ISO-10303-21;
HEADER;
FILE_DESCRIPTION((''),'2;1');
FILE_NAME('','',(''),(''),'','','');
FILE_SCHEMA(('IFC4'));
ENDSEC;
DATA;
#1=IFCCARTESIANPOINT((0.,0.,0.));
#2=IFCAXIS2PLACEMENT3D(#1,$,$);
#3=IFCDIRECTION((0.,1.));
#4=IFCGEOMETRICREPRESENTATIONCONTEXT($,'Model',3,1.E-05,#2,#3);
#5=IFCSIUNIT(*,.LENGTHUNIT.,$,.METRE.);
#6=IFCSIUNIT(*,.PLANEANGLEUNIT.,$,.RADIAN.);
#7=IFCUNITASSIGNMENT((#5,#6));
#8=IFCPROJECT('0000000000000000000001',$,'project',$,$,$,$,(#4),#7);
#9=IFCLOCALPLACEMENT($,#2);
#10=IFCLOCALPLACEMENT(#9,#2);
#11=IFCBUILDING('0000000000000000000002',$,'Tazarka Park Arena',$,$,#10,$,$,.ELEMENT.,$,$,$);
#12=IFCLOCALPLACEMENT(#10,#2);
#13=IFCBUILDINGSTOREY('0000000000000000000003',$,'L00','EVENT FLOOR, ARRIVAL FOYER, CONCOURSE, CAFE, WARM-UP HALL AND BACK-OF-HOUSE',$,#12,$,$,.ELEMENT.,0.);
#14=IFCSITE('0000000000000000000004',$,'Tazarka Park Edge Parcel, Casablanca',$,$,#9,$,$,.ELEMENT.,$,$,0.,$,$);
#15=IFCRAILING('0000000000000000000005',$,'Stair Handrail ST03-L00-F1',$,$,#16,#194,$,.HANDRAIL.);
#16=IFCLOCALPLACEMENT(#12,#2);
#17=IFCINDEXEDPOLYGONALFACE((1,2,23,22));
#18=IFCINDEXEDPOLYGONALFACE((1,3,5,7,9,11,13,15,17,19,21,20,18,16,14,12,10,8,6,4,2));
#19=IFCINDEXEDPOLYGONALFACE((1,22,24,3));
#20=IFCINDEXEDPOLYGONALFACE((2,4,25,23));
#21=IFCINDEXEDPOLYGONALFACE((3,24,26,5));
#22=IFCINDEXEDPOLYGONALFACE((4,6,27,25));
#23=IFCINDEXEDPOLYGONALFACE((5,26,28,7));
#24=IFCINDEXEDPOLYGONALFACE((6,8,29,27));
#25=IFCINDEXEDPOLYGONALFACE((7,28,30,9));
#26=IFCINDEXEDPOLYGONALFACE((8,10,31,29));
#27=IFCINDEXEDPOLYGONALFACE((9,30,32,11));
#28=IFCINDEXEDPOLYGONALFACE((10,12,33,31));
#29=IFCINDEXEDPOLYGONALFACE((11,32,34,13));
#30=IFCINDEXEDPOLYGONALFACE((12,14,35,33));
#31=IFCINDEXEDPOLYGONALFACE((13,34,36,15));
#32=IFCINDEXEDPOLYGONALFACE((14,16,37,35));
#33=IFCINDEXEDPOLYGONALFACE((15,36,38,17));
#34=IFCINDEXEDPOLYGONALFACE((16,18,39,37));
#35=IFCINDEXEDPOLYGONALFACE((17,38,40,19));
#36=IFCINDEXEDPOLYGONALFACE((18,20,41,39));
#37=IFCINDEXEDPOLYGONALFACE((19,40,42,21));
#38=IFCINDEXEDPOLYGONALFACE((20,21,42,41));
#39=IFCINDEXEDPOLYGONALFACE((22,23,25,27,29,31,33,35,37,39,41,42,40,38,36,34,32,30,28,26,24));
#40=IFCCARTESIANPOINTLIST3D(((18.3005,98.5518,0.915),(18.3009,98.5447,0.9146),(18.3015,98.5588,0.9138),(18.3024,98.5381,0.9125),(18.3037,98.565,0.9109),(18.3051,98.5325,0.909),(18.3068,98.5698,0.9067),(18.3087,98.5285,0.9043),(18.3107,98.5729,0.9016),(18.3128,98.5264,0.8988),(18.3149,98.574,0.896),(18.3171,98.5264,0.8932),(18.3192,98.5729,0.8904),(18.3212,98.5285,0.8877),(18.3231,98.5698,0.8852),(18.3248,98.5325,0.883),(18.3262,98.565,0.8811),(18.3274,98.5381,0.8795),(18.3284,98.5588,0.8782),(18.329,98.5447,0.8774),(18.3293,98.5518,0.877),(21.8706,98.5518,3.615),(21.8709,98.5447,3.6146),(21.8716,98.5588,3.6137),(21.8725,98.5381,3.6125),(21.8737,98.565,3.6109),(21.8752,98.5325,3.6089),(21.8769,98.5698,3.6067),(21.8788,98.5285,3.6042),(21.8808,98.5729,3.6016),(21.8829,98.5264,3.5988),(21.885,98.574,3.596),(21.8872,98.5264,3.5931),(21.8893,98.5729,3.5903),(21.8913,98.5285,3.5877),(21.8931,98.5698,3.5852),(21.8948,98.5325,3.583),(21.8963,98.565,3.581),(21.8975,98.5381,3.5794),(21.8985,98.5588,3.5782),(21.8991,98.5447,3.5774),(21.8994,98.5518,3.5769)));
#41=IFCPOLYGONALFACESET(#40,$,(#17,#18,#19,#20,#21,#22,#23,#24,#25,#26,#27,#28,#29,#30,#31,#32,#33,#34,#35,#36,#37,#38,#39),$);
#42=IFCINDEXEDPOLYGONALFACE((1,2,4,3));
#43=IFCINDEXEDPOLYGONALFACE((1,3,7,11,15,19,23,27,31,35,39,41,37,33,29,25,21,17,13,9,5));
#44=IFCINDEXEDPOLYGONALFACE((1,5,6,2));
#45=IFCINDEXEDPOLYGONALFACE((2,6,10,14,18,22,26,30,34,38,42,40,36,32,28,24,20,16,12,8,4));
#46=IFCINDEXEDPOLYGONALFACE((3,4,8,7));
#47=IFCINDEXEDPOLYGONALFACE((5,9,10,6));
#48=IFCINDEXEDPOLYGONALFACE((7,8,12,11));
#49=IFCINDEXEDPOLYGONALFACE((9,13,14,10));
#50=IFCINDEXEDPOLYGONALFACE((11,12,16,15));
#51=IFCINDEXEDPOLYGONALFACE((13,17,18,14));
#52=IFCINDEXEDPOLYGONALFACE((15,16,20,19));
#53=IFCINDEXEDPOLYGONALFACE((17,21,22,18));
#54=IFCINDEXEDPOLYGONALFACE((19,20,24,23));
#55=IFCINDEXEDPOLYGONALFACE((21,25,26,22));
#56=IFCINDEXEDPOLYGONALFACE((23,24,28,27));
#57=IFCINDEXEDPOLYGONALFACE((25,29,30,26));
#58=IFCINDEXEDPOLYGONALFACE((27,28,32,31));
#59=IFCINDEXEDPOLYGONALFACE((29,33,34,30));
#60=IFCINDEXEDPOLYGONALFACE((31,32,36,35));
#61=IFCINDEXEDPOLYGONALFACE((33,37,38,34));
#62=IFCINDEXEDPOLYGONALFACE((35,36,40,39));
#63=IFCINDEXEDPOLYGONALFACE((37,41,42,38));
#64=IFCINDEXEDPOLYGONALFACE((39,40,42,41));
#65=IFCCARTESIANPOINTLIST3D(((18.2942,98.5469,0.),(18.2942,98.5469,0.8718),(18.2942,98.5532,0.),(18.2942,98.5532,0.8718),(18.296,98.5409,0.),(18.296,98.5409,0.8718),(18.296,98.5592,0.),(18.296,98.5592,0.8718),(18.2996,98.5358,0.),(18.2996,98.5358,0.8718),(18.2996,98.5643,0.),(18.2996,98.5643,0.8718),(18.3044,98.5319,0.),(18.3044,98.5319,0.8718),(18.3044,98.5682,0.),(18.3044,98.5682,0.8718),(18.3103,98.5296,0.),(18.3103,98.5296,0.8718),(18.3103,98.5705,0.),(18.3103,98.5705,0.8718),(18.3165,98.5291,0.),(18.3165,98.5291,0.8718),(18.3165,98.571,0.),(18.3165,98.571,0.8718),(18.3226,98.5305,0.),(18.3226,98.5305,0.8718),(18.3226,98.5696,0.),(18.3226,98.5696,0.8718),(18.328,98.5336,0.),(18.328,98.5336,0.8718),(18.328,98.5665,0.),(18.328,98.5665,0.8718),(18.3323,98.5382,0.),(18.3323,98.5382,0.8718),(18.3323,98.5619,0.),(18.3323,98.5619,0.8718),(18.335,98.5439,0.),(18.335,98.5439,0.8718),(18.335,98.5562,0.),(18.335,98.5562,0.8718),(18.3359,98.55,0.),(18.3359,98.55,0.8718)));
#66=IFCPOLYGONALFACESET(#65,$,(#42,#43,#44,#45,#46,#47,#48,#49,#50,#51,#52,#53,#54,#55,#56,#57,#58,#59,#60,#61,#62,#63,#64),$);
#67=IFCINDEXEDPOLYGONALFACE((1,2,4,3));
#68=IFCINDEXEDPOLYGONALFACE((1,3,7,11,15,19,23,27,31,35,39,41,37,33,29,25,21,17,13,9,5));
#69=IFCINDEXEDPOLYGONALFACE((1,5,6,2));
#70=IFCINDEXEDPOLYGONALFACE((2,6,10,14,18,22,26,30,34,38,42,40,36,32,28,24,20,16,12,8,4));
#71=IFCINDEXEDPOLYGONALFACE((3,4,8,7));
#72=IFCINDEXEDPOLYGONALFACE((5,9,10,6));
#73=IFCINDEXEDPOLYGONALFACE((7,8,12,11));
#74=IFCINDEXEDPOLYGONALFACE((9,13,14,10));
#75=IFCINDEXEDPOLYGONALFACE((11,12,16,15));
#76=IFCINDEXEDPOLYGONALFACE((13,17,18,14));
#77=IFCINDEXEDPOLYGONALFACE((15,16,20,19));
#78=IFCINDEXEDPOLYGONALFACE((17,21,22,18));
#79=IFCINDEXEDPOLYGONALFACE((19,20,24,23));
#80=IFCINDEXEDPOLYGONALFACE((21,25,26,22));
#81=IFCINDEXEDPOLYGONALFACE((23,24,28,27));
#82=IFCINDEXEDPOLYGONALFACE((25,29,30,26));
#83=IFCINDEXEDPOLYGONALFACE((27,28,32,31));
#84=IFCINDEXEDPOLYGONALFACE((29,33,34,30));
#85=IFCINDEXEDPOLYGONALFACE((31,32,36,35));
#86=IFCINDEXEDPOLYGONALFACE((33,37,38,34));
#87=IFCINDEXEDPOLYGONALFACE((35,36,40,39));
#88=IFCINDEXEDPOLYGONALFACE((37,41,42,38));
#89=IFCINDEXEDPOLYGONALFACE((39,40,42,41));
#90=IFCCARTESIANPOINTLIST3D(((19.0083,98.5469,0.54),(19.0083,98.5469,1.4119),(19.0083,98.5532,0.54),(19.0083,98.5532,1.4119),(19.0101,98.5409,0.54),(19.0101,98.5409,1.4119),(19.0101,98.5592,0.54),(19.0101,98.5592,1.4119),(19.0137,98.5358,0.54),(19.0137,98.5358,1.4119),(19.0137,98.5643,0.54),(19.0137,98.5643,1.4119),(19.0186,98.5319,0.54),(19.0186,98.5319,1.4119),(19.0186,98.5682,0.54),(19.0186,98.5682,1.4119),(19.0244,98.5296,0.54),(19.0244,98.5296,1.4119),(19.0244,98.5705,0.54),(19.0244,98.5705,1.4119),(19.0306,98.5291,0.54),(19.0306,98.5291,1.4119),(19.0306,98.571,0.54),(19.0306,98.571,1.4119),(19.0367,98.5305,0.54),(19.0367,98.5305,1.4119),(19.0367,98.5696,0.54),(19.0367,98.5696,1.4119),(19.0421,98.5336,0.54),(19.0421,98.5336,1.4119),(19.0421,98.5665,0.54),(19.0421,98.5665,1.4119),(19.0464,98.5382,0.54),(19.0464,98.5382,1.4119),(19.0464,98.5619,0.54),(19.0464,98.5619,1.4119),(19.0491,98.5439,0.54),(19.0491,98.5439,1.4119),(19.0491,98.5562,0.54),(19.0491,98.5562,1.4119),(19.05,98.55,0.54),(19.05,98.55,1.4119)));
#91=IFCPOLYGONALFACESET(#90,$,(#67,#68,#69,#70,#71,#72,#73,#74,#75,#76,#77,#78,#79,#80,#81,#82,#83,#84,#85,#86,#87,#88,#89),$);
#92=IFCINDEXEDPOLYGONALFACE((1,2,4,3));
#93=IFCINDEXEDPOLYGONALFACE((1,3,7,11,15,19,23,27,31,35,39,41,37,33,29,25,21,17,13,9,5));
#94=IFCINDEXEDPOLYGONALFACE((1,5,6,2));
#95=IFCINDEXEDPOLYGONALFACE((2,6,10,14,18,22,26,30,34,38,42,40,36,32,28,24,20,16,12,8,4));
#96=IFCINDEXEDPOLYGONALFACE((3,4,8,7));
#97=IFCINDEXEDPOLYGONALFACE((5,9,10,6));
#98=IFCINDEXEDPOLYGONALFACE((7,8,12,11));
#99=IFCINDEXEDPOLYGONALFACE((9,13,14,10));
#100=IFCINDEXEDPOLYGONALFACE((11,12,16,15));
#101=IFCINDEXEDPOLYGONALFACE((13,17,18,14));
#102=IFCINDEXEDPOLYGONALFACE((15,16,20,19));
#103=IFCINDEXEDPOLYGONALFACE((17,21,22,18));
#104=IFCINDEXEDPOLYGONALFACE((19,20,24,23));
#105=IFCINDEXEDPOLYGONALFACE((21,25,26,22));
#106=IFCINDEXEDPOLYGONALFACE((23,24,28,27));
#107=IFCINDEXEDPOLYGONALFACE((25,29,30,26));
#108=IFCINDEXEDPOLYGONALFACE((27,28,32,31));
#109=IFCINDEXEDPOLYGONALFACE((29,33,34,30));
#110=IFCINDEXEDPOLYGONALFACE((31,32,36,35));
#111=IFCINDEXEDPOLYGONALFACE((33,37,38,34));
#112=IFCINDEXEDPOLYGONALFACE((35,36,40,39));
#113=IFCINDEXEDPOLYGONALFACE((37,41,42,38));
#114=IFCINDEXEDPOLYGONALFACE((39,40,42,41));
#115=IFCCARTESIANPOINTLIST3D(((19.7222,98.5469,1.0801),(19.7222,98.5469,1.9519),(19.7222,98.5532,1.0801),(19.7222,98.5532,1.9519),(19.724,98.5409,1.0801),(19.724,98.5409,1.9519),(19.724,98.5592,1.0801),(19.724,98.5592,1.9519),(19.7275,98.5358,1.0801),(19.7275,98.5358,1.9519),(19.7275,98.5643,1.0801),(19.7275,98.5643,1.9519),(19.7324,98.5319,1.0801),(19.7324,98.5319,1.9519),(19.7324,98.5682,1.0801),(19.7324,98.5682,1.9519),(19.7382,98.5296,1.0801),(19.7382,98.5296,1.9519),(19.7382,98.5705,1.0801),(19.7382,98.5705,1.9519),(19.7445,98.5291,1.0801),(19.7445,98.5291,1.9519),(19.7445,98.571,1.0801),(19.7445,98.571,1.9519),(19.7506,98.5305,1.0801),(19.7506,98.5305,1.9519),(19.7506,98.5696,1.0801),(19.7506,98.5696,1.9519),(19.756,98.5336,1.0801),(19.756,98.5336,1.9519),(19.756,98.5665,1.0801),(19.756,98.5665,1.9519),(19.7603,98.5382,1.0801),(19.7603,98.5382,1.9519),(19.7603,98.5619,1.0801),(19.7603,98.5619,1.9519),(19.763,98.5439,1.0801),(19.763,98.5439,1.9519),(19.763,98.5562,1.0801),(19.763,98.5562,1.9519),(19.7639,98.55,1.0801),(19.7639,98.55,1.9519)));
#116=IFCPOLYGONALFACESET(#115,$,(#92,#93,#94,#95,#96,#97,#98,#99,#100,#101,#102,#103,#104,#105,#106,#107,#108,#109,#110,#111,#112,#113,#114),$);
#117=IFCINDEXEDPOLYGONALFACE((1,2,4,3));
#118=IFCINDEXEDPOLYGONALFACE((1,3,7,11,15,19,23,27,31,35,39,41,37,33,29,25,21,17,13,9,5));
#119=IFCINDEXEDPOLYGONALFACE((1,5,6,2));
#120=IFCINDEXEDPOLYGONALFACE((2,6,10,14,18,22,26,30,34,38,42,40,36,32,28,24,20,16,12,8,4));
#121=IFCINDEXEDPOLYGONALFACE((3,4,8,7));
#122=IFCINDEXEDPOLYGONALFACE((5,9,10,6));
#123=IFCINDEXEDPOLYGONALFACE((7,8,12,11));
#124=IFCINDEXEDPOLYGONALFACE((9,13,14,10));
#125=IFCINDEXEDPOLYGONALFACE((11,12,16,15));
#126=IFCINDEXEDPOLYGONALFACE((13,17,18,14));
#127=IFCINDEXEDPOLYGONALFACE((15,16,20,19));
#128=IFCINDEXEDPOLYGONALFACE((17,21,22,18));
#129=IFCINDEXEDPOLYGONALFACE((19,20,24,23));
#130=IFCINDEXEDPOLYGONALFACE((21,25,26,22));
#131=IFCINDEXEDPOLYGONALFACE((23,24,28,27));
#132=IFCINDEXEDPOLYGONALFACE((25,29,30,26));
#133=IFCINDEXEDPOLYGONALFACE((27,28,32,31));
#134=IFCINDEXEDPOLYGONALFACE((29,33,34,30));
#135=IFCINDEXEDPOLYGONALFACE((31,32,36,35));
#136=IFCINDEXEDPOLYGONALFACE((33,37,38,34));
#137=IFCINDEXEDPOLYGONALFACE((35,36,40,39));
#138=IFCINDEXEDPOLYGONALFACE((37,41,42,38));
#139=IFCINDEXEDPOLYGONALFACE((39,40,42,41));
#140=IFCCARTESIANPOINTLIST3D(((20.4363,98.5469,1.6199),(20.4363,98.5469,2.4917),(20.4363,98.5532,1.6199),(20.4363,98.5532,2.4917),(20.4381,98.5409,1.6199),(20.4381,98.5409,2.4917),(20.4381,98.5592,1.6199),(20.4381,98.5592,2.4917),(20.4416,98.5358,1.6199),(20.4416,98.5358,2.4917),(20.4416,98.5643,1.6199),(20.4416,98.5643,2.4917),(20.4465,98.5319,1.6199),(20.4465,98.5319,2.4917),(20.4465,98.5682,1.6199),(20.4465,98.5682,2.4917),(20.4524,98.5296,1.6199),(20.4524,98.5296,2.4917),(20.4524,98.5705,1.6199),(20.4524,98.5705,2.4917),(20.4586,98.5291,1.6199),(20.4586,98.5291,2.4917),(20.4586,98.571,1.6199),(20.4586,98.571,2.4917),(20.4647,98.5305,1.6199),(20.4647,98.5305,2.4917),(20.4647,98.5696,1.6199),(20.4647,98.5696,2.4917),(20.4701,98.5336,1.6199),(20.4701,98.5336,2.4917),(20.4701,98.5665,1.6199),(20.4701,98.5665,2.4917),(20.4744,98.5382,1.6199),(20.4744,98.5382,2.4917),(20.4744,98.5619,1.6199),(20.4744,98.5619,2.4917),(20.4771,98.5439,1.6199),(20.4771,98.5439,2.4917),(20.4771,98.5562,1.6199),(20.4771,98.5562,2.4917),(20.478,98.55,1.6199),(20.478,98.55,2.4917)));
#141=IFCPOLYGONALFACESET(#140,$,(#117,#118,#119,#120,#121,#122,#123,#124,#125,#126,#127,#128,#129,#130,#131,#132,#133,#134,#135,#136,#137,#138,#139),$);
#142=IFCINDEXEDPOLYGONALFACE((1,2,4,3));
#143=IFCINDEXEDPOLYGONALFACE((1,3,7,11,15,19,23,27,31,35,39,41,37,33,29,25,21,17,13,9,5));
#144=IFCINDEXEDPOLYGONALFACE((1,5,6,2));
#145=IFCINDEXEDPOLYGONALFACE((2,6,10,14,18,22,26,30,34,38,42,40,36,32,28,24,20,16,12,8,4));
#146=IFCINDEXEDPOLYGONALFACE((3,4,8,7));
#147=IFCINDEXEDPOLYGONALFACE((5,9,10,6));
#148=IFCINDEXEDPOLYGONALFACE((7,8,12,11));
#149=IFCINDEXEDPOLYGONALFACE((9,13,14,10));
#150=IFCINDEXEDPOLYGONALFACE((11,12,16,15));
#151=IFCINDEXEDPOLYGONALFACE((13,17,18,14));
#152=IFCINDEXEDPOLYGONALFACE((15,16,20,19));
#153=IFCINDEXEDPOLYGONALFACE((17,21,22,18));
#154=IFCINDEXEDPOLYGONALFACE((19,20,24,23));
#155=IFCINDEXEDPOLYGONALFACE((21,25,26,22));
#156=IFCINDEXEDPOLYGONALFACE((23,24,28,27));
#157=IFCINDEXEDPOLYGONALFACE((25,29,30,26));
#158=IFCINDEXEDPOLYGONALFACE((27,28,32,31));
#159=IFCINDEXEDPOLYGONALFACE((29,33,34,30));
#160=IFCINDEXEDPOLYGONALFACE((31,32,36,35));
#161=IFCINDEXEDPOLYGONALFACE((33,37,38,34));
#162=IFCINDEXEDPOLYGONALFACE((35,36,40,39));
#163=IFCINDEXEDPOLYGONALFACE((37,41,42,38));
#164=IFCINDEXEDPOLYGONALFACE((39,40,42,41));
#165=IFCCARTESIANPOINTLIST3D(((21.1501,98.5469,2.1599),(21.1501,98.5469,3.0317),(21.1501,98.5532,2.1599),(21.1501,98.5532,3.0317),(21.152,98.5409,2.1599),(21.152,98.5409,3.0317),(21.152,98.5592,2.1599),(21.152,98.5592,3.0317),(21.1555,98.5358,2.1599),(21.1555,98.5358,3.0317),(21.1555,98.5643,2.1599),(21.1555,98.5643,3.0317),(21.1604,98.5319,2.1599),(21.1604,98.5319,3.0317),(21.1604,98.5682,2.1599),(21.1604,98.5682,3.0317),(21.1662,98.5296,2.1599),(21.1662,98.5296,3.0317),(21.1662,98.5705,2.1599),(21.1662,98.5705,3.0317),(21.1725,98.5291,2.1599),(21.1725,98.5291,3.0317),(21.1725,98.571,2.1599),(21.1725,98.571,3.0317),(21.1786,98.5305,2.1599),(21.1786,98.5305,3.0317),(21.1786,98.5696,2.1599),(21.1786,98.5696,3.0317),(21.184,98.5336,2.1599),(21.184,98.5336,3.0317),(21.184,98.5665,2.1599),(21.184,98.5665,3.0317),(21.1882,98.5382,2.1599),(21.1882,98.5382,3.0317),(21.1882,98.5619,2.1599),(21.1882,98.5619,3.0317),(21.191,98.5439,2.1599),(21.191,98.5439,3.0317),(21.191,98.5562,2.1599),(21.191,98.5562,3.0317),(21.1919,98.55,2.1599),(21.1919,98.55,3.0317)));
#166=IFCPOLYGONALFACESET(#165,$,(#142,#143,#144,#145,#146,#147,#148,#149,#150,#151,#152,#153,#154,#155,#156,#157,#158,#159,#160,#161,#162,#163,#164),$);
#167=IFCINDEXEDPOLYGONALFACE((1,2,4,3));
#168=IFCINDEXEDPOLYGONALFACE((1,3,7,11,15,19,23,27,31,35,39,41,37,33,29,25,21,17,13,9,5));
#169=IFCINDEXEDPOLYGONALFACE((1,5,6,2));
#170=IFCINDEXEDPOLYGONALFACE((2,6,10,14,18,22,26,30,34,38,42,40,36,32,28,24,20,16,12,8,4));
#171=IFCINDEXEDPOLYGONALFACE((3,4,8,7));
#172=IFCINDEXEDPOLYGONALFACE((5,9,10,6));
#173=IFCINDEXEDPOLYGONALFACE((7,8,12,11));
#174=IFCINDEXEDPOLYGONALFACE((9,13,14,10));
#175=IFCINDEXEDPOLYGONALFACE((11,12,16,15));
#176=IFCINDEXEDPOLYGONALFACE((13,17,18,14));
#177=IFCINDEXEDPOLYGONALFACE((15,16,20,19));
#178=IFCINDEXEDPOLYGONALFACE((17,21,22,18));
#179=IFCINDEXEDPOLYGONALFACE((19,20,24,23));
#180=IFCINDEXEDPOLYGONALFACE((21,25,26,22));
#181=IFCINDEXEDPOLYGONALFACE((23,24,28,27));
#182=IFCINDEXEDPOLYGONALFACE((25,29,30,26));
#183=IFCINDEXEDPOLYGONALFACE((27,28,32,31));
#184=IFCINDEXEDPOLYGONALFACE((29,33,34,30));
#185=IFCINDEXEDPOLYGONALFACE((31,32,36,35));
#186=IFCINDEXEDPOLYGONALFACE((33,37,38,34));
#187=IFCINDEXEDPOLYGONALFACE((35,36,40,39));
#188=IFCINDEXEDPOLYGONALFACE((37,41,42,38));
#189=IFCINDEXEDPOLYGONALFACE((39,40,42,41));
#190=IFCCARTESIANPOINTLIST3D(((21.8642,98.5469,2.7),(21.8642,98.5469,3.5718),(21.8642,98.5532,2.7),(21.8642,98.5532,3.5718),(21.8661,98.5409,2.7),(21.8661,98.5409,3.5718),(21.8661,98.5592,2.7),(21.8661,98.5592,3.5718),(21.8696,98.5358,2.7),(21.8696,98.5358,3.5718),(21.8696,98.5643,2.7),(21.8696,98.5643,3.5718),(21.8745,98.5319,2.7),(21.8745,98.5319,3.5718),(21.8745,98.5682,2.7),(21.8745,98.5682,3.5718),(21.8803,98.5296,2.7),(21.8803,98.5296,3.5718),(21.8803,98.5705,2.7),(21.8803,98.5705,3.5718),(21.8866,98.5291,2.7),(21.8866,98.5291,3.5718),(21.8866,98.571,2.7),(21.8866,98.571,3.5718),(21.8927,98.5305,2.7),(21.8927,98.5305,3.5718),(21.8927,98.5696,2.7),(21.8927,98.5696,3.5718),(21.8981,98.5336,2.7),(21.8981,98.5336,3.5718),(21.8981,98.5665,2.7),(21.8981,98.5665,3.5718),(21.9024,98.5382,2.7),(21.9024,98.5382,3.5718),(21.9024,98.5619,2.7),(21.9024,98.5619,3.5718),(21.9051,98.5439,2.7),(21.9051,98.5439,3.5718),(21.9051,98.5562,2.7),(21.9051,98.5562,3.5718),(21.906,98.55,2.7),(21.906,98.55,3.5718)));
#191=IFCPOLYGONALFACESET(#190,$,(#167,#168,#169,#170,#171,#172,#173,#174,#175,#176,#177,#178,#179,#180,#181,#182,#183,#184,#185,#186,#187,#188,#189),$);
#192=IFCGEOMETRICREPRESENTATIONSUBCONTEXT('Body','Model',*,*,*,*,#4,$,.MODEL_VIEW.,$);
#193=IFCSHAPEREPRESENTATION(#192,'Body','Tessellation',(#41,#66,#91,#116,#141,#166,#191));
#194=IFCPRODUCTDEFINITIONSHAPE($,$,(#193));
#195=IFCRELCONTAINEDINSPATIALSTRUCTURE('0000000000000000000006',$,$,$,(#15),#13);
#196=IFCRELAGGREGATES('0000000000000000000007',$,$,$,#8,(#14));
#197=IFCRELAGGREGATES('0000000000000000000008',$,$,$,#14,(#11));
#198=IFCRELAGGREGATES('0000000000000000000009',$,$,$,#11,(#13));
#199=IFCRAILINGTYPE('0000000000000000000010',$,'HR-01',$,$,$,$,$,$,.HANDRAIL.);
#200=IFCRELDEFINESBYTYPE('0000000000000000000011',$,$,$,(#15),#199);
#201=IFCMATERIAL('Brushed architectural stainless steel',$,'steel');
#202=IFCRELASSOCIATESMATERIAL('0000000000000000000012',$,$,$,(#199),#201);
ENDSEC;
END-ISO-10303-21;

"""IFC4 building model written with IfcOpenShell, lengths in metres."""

from ifc_helpers import new_model, si_unit, direction, frame, origin, origin_2d, place, context, subcontext, project, spatial, circle, extrude, material, type_object, element, save


model = new_model("IFC4")

# Units and contexts
model_context = context("Model", 3, precision=1e-05, world=origin(), true_north=direction((0.0, 1.0)))
body_context = subcontext(model_context, "Body", "Model", "MODEL_VIEW")
ifc_project = project(units=[si_unit("LENGTHUNIT", "METRE"), si_unit("PLANEANGLEUNIT", "RADIAN")], contexts=[model_context])

# Site, building, storey
site_placement = place(None, origin())
site = spatial("IfcSite", under=ifc_project, at=site_placement, Name="Tazarka Park Edge Parcel, Casablanca", CompositionType="ELEMENT", RefElevation=0.0)
building_placement = place(site_placement, origin())
building = spatial("IfcBuilding", under=site, at=building_placement, Name="Tazarka Park Arena", CompositionType="ELEMENT")
storey_placement = place(building_placement, origin())
storey = spatial("IfcBuildingStorey", under=building, at=storey_placement, Name="L00", Description="EVENT FLOOR, ARRIVAL FOYER, CONCOURSE, CAFE, WARM-UP HALL AND BACK-OF-HOUSE", CompositionType="ELEMENT", Elevation=0.0)

# Railing
ifc_material_1 = material(Name="Brushed architectural stainless steel", Category="steel")
railing_type_1 = type_object("IfcRailingType", Name="HR-01", PredefinedType="HANDRAIL", material=ifc_material_1)
railing_1_placement = place(storey_placement, frame((18.3149, 98.55, 0.0)))
element("IfcRailing", 1, at=railing_1_placement, inside=storey, type_object=railing_type_1, Name="Stair Handrail ST03-L00-F1", PredefinedType="HANDRAIL", context=body_context, shape_type="SweptSolid", body=[
    extrude(circle(Radius=0.0239, at=origin_2d()), frame((0.0, 0.0, 0.896), z_axis=(0.797591, 0.0, 0.603198), x_axis=(0.0, 1.0, 0.0)), (0.0, 0.0, 1.0), 4.4761),
    extrude(circle(Radius=0.021, at=origin_2d()), origin(), (0.0, 0.0, 1.0), 0.8718),
    extrude(circle(Radius=0.021, at=origin_2d()), frame((0.7141, 0.0, 0.54)), (0.0, 0.0, 1.0), 0.8718),
    extrude(circle(Radius=0.021, at=origin_2d()), frame((1.428, 0.0, 1.0801)), (0.0, 0.0, 1.0), 0.8718),
    extrude(circle(Radius=0.021, at=origin_2d()), frame((2.1421, 0.0, 1.6199)), (0.0, 0.0, 1.0), 0.8718),
    extrude(circle(Radius=0.021, at=origin_2d()), frame((2.856, 0.0, 2.1599)), (0.0, 0.0, 1.0), 0.8718),
    extrude(circle(Radius=0.021, at=origin_2d()), frame((3.5701, 0.0, 2.7)), (0.0, 0.0, 1.0), 0.8718),
])

save(model, "model.ifc")
